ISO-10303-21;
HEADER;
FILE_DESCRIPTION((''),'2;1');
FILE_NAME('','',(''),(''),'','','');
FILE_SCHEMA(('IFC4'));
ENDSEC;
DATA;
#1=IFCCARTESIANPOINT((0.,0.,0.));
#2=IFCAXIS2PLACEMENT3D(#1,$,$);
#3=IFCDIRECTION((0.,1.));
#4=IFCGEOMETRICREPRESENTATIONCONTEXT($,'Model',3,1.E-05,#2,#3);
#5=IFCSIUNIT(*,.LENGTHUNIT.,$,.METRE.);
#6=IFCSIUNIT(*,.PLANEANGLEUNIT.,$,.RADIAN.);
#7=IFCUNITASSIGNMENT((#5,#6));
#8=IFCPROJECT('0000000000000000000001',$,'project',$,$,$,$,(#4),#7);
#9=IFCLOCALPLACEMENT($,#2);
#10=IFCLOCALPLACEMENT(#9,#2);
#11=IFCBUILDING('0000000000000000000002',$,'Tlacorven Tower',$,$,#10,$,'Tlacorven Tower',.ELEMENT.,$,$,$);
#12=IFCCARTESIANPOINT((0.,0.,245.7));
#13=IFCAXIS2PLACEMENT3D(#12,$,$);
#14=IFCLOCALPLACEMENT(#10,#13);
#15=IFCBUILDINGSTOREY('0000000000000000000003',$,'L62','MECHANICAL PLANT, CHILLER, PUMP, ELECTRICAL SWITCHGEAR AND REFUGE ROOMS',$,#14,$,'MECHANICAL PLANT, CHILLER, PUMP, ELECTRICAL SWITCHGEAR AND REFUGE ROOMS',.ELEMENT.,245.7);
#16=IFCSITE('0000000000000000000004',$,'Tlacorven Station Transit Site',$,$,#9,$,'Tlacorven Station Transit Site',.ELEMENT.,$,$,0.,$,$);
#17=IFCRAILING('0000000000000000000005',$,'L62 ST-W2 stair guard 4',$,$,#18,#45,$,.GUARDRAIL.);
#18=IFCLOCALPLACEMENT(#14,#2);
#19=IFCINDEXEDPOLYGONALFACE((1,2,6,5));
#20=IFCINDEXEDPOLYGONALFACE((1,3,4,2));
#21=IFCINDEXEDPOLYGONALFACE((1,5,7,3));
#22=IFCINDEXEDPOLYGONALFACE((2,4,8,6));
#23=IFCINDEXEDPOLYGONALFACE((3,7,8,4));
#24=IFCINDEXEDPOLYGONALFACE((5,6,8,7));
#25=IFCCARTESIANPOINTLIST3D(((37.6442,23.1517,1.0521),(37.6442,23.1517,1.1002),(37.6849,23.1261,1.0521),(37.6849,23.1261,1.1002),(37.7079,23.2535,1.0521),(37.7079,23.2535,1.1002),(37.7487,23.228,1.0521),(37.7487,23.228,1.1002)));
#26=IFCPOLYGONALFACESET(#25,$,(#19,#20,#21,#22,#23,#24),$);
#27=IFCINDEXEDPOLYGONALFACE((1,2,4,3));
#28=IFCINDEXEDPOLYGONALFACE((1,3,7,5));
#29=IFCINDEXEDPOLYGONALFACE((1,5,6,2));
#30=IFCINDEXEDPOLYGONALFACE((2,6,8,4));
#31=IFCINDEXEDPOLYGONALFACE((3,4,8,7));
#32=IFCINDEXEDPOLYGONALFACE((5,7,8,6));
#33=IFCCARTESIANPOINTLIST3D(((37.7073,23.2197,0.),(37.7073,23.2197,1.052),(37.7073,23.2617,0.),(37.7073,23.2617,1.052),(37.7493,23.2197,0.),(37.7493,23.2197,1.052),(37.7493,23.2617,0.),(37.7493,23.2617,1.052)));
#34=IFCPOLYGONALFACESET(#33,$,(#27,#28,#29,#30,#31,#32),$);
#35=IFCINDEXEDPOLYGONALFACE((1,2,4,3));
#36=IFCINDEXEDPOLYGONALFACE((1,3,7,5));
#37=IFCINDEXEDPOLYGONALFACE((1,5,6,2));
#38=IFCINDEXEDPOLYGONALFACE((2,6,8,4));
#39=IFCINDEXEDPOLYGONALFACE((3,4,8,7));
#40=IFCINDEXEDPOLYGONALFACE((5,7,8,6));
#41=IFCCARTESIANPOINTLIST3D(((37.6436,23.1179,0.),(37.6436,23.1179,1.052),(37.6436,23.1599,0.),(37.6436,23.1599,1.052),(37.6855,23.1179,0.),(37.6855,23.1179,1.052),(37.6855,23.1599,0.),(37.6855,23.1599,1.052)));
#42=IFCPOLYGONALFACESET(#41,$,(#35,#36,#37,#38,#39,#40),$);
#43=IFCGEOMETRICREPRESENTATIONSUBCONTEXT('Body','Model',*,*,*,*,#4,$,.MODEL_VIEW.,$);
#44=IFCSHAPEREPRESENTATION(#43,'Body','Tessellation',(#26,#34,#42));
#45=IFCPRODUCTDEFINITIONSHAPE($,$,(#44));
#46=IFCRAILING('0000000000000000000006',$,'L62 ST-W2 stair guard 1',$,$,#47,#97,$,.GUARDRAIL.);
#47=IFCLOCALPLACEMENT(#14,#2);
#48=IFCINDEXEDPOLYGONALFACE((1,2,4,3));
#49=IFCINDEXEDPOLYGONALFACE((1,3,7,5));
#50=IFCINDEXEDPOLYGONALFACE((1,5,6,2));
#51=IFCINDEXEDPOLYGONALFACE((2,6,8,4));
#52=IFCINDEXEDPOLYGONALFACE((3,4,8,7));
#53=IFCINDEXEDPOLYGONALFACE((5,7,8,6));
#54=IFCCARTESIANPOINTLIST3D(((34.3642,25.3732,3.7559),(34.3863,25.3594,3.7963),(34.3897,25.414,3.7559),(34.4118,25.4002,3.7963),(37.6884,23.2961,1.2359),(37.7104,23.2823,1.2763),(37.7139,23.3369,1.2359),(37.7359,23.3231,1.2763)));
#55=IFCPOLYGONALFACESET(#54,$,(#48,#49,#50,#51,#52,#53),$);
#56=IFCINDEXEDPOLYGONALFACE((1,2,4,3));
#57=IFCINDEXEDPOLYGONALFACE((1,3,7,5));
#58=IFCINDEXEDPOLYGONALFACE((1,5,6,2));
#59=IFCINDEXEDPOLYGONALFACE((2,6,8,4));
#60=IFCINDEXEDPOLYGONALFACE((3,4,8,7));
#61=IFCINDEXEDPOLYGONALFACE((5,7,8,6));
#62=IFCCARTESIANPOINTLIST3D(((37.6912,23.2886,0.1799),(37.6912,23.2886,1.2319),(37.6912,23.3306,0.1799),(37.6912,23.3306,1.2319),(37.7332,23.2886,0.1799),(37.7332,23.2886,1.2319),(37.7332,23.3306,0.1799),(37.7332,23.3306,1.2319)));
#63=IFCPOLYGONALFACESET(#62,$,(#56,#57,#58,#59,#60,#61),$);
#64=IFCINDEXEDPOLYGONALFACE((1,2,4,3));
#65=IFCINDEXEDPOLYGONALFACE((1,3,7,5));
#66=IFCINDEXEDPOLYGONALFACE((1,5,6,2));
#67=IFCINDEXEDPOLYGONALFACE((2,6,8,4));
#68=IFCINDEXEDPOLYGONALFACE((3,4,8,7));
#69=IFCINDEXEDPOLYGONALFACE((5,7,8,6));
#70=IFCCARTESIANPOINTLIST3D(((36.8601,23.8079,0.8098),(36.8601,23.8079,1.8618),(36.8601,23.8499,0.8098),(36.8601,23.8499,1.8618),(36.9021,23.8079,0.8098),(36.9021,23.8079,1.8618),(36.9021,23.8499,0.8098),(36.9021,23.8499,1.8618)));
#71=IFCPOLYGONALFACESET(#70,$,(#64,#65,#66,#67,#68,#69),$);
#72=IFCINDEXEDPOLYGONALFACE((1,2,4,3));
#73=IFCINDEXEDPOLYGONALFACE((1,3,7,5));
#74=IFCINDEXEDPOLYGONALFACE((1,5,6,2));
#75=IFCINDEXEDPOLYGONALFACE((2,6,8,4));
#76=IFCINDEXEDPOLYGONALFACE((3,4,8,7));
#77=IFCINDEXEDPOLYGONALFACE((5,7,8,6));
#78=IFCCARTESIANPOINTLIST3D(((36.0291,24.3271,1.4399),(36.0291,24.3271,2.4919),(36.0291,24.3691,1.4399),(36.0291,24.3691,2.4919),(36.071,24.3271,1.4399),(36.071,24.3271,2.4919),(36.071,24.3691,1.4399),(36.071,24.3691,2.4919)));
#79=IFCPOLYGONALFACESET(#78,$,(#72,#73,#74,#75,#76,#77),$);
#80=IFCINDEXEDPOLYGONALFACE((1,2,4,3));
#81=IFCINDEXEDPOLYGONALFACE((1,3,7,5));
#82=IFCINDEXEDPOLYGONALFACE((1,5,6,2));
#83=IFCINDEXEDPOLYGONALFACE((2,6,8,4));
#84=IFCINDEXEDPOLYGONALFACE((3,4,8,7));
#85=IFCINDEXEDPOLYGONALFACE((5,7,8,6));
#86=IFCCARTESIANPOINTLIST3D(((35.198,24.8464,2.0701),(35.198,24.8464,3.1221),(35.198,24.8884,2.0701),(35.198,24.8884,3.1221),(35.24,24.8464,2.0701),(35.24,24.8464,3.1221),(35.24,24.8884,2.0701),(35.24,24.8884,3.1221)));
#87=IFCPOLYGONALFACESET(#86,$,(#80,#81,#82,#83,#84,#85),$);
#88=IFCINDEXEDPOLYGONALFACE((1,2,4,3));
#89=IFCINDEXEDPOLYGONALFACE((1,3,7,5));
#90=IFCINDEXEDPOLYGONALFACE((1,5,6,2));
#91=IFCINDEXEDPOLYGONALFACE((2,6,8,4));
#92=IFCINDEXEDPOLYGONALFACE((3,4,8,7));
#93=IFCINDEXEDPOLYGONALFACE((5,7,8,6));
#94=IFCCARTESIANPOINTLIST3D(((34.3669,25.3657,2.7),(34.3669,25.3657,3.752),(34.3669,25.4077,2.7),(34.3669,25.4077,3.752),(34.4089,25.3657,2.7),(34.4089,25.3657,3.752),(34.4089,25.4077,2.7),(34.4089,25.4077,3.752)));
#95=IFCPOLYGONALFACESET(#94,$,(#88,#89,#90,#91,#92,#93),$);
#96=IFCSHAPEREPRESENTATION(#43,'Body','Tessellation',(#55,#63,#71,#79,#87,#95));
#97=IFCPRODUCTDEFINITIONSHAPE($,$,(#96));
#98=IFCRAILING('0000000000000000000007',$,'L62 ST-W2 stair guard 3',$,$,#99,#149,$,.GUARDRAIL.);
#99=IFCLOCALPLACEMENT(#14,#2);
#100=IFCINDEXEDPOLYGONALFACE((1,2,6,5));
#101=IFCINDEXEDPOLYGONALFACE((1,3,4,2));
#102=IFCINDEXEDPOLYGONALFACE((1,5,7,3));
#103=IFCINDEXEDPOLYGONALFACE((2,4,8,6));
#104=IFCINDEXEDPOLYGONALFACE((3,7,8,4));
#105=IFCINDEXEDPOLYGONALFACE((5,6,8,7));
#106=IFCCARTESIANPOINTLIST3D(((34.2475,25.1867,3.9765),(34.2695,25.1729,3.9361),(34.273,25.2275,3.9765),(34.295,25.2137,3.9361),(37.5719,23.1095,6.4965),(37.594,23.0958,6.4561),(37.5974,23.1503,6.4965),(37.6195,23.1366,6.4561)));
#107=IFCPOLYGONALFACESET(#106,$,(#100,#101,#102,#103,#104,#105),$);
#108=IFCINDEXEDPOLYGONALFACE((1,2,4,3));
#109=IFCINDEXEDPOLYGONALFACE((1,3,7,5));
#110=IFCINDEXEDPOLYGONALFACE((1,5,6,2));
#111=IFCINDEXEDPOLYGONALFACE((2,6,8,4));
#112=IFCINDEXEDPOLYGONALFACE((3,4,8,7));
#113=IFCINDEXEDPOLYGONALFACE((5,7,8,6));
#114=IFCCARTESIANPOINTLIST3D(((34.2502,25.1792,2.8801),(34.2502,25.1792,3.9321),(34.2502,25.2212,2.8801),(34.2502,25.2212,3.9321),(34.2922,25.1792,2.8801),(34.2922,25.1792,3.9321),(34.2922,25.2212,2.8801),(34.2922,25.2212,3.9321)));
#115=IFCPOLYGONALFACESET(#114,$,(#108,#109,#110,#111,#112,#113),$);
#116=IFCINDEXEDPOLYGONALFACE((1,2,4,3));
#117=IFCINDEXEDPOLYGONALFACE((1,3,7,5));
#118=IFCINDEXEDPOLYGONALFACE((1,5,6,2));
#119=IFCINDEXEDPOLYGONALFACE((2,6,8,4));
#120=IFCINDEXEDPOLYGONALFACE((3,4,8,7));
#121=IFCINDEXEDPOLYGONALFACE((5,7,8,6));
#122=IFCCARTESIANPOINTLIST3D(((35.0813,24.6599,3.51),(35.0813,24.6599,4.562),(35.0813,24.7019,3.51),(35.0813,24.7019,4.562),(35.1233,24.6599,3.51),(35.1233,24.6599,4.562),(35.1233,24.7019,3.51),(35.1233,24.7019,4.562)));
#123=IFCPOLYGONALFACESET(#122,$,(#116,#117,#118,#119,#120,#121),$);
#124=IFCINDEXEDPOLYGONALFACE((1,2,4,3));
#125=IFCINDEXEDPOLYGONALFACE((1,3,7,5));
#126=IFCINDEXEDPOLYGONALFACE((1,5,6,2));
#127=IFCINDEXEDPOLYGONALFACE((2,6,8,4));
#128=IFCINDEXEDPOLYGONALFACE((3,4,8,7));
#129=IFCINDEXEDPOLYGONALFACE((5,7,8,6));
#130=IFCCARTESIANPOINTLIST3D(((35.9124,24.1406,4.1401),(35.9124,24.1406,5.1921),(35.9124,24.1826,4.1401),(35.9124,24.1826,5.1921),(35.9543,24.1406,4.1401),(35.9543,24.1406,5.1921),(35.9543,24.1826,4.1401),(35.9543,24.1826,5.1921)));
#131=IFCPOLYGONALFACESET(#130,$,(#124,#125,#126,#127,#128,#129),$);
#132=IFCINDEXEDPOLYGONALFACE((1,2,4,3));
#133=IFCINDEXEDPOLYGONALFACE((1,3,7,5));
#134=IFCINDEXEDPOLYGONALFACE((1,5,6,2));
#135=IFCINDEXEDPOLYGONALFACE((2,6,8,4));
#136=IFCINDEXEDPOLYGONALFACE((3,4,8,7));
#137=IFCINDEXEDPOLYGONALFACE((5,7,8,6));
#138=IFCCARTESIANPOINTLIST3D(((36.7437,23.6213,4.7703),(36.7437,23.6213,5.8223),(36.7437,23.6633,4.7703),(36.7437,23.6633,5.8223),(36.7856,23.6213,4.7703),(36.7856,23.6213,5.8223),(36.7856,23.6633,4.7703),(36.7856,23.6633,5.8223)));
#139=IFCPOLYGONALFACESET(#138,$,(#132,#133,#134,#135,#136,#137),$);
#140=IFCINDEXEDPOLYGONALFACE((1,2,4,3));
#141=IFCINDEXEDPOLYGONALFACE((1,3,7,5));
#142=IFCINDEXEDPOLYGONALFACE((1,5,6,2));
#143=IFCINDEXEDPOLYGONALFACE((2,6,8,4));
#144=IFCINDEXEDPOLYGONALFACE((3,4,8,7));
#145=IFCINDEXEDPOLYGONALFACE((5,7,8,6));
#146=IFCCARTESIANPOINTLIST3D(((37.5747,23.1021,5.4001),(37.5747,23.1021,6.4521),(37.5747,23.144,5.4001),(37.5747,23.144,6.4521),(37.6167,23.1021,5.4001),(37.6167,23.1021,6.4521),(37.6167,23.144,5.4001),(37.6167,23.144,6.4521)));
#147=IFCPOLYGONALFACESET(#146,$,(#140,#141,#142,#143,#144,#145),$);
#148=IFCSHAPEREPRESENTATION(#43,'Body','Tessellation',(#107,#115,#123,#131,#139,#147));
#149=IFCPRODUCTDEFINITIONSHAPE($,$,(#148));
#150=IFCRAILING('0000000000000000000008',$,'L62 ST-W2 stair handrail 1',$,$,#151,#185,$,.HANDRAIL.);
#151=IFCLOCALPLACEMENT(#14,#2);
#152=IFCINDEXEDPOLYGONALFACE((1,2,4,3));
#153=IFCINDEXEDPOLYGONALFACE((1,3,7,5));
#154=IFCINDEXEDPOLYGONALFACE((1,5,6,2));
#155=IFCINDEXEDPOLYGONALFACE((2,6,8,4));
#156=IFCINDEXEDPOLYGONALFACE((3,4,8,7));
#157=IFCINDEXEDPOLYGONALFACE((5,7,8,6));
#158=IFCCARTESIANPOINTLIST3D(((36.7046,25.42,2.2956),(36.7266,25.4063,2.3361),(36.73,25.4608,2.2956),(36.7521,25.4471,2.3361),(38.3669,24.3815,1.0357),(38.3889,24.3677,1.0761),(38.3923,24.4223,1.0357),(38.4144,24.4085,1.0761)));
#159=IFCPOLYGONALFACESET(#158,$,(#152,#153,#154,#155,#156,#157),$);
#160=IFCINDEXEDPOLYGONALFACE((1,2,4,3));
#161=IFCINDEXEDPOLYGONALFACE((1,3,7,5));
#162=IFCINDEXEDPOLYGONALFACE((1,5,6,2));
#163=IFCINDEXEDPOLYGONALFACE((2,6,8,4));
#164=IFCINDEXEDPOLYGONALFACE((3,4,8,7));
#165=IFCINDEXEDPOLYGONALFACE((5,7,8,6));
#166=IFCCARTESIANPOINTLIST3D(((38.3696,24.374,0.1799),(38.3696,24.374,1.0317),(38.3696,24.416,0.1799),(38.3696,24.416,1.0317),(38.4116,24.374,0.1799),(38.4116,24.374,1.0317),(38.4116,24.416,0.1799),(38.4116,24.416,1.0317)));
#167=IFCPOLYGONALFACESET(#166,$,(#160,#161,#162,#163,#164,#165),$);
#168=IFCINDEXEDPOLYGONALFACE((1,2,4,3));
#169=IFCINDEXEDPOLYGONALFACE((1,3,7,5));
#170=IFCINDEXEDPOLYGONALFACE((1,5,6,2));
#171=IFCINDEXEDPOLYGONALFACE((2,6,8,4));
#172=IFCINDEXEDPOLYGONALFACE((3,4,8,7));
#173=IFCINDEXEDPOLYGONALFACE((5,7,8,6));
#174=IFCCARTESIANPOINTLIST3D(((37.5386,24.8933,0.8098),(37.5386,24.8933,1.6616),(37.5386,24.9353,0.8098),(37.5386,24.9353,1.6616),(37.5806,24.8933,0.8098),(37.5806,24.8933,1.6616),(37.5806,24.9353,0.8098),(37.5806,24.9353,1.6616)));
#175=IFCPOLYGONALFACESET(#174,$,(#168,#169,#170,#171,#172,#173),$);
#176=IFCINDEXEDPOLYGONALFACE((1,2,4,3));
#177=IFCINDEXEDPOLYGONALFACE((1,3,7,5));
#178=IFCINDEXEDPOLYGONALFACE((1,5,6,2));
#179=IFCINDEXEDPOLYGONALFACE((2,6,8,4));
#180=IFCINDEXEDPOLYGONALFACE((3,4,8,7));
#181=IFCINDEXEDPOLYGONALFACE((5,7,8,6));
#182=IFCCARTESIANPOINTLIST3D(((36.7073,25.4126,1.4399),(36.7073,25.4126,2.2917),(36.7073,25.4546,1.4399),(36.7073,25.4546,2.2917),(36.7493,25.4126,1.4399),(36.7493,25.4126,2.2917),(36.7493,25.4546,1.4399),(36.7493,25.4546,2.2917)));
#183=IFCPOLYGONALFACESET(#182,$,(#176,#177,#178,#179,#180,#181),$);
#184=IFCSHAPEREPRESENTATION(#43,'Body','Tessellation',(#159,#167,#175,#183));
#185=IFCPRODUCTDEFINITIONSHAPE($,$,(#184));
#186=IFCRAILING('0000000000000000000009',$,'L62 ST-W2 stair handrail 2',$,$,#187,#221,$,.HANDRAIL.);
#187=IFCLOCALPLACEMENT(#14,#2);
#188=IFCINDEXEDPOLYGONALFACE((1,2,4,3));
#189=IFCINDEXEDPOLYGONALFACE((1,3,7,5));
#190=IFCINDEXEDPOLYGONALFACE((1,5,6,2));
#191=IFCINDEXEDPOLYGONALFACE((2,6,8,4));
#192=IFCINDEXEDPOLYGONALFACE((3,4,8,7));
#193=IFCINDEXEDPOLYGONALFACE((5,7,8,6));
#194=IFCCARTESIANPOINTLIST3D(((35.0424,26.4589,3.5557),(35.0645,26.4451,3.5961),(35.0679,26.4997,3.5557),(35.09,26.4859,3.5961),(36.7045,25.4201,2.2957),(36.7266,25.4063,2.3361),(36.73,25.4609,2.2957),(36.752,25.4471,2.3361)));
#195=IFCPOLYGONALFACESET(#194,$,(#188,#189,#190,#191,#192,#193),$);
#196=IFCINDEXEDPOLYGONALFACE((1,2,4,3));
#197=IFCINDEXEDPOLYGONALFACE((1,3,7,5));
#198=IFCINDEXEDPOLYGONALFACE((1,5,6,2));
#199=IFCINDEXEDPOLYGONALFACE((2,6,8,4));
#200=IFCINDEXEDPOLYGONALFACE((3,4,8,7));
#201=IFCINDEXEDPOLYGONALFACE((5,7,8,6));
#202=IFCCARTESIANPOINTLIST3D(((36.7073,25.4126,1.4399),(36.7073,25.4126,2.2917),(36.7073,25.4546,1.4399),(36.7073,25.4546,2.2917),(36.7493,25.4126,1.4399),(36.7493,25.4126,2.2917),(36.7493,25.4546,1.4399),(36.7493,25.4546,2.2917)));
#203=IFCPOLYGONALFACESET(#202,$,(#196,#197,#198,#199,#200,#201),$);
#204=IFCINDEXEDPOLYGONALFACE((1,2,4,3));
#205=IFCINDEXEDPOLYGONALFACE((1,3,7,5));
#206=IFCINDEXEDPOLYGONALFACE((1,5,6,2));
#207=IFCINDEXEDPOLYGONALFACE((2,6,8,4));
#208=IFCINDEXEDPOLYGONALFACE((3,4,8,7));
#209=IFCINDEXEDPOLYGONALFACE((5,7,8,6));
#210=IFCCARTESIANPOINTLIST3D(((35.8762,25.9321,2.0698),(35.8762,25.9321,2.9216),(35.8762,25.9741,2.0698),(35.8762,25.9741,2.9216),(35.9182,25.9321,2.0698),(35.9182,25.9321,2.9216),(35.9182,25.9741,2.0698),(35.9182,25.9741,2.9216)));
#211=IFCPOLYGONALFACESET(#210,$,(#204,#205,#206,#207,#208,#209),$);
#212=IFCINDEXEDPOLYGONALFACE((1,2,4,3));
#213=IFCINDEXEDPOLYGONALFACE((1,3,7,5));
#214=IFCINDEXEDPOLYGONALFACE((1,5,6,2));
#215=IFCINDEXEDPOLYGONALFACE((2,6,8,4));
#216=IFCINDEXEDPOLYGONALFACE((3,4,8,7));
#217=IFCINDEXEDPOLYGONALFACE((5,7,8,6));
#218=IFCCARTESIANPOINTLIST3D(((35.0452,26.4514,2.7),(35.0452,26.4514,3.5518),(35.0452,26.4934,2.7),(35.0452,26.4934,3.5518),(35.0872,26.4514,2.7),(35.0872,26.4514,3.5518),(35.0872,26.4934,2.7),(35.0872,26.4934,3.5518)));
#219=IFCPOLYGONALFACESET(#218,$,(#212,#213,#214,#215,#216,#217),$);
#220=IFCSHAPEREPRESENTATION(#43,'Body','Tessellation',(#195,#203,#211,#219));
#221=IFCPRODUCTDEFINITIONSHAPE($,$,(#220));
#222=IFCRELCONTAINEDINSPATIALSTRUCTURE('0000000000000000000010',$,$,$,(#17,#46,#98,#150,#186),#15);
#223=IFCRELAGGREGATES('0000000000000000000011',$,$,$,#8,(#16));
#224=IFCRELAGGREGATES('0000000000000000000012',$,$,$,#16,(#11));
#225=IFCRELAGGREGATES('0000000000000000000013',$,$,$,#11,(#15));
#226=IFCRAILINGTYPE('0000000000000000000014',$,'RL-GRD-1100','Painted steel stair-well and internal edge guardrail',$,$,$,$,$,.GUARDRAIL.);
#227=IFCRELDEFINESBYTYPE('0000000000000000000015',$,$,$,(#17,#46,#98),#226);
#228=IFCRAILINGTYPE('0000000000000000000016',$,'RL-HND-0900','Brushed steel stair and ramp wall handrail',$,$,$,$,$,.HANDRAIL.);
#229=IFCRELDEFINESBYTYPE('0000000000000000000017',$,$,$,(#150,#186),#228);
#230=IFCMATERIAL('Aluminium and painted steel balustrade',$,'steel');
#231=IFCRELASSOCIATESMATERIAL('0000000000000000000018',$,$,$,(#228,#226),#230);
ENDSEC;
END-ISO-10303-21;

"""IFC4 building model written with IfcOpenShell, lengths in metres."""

from ifc_helpers import new_model, si_unit, direction, frame, origin, origin_2d, place, context, subcontext, project, spatial, rectangle, extrude, source, transform, mapped, material, type_object, element, save


model = new_model("IFC4")

# Units and contexts
model_context = context("Model", 3, precision=1e-05, world=origin(), true_north=direction((0.0, 1.0)))
body_context = subcontext(model_context, "Body", "Model", "MODEL_VIEW")
ifc_project = project(units=[si_unit("LENGTHUNIT", "METRE"), si_unit("PLANEANGLEUNIT", "RADIAN")], contexts=[model_context])

# Site, building, storey
site_placement = place(None, origin())
site = spatial("IfcSite", under=ifc_project, at=site_placement, Name="Tlacorven Station Transit Site", LongName="Tlacorven Station Transit Site", CompositionType="ELEMENT", RefElevation=0.0)
building_placement = place(site_placement, origin())
building = spatial("IfcBuilding", under=site, at=building_placement, Name="Tlacorven Tower", LongName="Tlacorven Tower", CompositionType="ELEMENT")
storey_placement = place(building_placement, frame((0.0, 0.0, 245.7)))
storey = spatial("IfcBuildingStorey", under=building, at=storey_placement, Name="L62", Description="MECHANICAL PLANT, CHILLER, PUMP, ELECTRICAL SWITCHGEAR AND REFUGE ROOMS", LongName="MECHANICAL PLANT, CHILLER, PUMP, ELECTRICAL SWITCHGEAR AND REFUGE ROOMS", CompositionType="ELEMENT", Elevation=245.7)

# Railings
ifc_material_1 = material(Name="Aluminium and painted steel balustrade", Category="steel")
railing_type_1 = type_object("IfcRailingType", Name="RL-HND-0900", Description="Brushed steel stair and ramp wall handrail", PredefinedType="HANDRAIL", material=ifc_material_1)
railing_type_2 = type_object("IfcRailingType", Name="RL-GRD-1100", Description="Painted steel stair-well and internal edge guardrail", PredefinedType="GUARDRAIL", material=ifc_material_1)
shared_shape_1 = source(origin(), body_context, "Body", "SweptSolid", [
    extrude(rectangle(XDim=0.0481, YDim=0.0481, at=origin_2d()), frame((0.0, 0.0, 1.0762), z_axis=(-0.530547, -0.847656, 0.0), x_axis=(0.847656, -0.530547, 0.0)), (0.0, 0.0, 1.0), 0.1201),
    extrude(rectangle(XDim=0.042, YDim=0.042, at=origin_2d()), origin(), (0.0, 0.0, 1.0), 1.052),
    extrude(rectangle(XDim=0.042, YDim=0.042, at=origin_2d()), frame((-0.0637, -0.1018, 0.0)), (0.0, 0.0, 1.0), 1.052),
])
for number, where, name in (
    (1, (37.7283, 23.2407, 0.0), "L62 ST-W2 stair guard 4"),
):
    element("IfcRailing", number, at=place(storey_placement, frame(where)), inside=storey, type_object=railing_type_2, Name=name, PredefinedType="GUARDRAIL", context=body_context, shape_type="MappedRepresentation", body=[
        mapped(shared_shape_1, transform((0.0, 0.0, 0.0), scale=1.0)),
    ])
shared_shape_2 = source(origin(), body_context, "Body", "SweptSolid", [
    extrude(rectangle(XDim=0.0481, YDim=0.0481, at=origin_2d()), frame((0.0, 0.0, 1.0762), z_axis=(-0.713354, 0.445741, 0.540778), x_axis=(-0.529909, -0.848054, 0.0)), (0.0, 0.0, 1.0), 4.6599),
    extrude(rectangle(XDim=0.042, YDim=0.042, at=origin_2d()), origin(), (0.0, 0.0, 1.0), 1.052),
    extrude(rectangle(XDim=0.042, YDim=0.042, at=origin_2d()), frame((-0.8311, 0.5193, 0.6299)), (0.0, 0.0, 1.0), 1.052),
    extrude(rectangle(XDim=0.042, YDim=0.042, at=origin_2d()), frame((-1.6621, 1.0386, 1.26)), (0.0, 0.0, 1.0), 1.052),
    extrude(rectangle(XDim=0.042, YDim=0.042, at=origin_2d()), frame((-2.4932, 1.5579, 1.8901)), (0.0, 0.0, 1.0), 1.052),
    extrude(rectangle(XDim=0.042, YDim=0.042, at=origin_2d()), frame((-3.3242, 2.0771, 2.52)), (0.0, 0.0, 1.0), 1.052),
])
railing_1_placement = place(storey_placement, frame((37.7122, 23.3096, 0.1799)))
element("IfcRailing", 2, at=railing_1_placement, inside=storey, type_object=railing_type_2, Name="L62 ST-W2 stair guard 1", PredefinedType="GUARDRAIL", context=body_context, shape_type="MappedRepresentation", body=[
    mapped(shared_shape_2, transform((0.0, 0.0, 0.0), scale=1.0)),
])
shared_shape_3 = source(origin(), body_context, "Body", "SweptSolid", [
    extrude(rectangle(XDim=0.0481, YDim=0.0481, at=origin_2d()), frame((0.0, 0.0, 1.0762), z_axis=(0.713379, -0.445725, 0.540758), x_axis=(0.529881, 0.848072, 0.0)), (0.0, 0.0, 1.0), 4.6602),
    extrude(rectangle(XDim=0.042, YDim=0.042, at=origin_2d()), origin(), (0.0, 0.0, 1.0), 1.052),
    extrude(rectangle(XDim=0.042, YDim=0.042, at=origin_2d()), frame((0.8311, -0.5193, 0.6299)), (0.0, 0.0, 1.0), 1.052),
    extrude(rectangle(XDim=0.042, YDim=0.042, at=origin_2d()), frame((1.6621, -1.0386, 1.26)), (0.0, 0.0, 1.0), 1.052),
    extrude(rectangle(XDim=0.042, YDim=0.042, at=origin_2d()), frame((2.4934, -1.5579, 1.8901)), (0.0, 0.0, 1.0), 1.052),
    extrude(rectangle(XDim=0.042, YDim=0.042, at=origin_2d()), frame((3.3245, -2.0771, 2.52)), (0.0, 0.0, 1.0), 1.052),
])
railing_2_placement = place(storey_placement, frame((34.2712, 25.2002, 2.8801)))
element("IfcRailing", 3, at=railing_2_placement, inside=storey, type_object=railing_type_2, Name="L62 ST-W2 stair guard 3", PredefinedType="GUARDRAIL", context=body_context, shape_type="MappedRepresentation", body=[
    mapped(shared_shape_3, transform((0.0, 0.0, 0.0), scale=1.0)),
])
shared_shape_4 = source(origin(), body_context, "Body", "SweptSolid", [
    extrude(rectangle(XDim=0.0481, YDim=0.0481, at=origin_2d()), frame((0.0, 0.0, 0.876), z_axis=(-0.713405, 0.445708, 0.540738), x_axis=(-0.529853, -0.848089, 0.0)), (0.0, 0.0, 1.0), 2.3301),
    extrude(rectangle(XDim=0.042, YDim=0.042, at=origin_2d()), origin(), (0.0, 0.0, 1.0), 0.8518),
    extrude(rectangle(XDim=0.042, YDim=0.042, at=origin_2d()), frame((-0.8311, 0.5193, 0.6299)), (0.0, 0.0, 1.0), 0.8518),
    extrude(rectangle(XDim=0.042, YDim=0.042, at=origin_2d()), frame((-1.6624, 1.0386, 1.26)), (0.0, 0.0, 1.0), 0.8518),
])
railing_3_placement = place(storey_placement, frame((38.3906, 24.395, 0.1799)))
element("IfcRailing", 4, at=railing_3_placement, inside=storey, type_object=railing_type_1, Name="L62 ST-W2 stair handrail 1", PredefinedType="HANDRAIL", context=body_context, shape_type="MappedRepresentation", body=[
    mapped(shared_shape_4, transform((0.0, 0.0, 0.0), scale=1.0)),
])
shared_shape_5 = source(origin(), body_context, "Body", "SweptSolid", [
    extrude(rectangle(XDim=0.0481, YDim=0.0481, at=origin_2d()), frame((0.0, 0.0, 0.876), z_axis=(-0.71332, 0.445825, 0.540753), x_axis=(-0.529999, -0.847998, 0.0)), (0.0, 0.0, 1.0), 2.3301),
    extrude(rectangle(XDim=0.042, YDim=0.042, at=origin_2d()), origin(), (0.0, 0.0, 1.0), 0.8518),
    extrude(rectangle(XDim=0.042, YDim=0.042, at=origin_2d()), frame((-0.8311, 0.5195, 0.6299)), (0.0, 0.0, 1.0), 0.8518),
    extrude(rectangle(XDim=0.042, YDim=0.042, at=origin_2d()), frame((-1.6621, 1.0388, 1.26)), (0.0, 0.0, 1.0), 0.8518),
])
railing_4_placement = place(storey_placement, frame((36.7283, 25.4336, 1.4399)))
element("IfcRailing", 5, at=railing_4_placement, inside=storey, type_object=railing_type_1, Name="L62 ST-W2 stair handrail 2", PredefinedType="HANDRAIL", context=body_context, shape_type="MappedRepresentation", body=[
    mapped(shared_shape_5, transform((0.0, 0.0, 0.0), scale=1.0)),
])

save(model, "model.ifc")
